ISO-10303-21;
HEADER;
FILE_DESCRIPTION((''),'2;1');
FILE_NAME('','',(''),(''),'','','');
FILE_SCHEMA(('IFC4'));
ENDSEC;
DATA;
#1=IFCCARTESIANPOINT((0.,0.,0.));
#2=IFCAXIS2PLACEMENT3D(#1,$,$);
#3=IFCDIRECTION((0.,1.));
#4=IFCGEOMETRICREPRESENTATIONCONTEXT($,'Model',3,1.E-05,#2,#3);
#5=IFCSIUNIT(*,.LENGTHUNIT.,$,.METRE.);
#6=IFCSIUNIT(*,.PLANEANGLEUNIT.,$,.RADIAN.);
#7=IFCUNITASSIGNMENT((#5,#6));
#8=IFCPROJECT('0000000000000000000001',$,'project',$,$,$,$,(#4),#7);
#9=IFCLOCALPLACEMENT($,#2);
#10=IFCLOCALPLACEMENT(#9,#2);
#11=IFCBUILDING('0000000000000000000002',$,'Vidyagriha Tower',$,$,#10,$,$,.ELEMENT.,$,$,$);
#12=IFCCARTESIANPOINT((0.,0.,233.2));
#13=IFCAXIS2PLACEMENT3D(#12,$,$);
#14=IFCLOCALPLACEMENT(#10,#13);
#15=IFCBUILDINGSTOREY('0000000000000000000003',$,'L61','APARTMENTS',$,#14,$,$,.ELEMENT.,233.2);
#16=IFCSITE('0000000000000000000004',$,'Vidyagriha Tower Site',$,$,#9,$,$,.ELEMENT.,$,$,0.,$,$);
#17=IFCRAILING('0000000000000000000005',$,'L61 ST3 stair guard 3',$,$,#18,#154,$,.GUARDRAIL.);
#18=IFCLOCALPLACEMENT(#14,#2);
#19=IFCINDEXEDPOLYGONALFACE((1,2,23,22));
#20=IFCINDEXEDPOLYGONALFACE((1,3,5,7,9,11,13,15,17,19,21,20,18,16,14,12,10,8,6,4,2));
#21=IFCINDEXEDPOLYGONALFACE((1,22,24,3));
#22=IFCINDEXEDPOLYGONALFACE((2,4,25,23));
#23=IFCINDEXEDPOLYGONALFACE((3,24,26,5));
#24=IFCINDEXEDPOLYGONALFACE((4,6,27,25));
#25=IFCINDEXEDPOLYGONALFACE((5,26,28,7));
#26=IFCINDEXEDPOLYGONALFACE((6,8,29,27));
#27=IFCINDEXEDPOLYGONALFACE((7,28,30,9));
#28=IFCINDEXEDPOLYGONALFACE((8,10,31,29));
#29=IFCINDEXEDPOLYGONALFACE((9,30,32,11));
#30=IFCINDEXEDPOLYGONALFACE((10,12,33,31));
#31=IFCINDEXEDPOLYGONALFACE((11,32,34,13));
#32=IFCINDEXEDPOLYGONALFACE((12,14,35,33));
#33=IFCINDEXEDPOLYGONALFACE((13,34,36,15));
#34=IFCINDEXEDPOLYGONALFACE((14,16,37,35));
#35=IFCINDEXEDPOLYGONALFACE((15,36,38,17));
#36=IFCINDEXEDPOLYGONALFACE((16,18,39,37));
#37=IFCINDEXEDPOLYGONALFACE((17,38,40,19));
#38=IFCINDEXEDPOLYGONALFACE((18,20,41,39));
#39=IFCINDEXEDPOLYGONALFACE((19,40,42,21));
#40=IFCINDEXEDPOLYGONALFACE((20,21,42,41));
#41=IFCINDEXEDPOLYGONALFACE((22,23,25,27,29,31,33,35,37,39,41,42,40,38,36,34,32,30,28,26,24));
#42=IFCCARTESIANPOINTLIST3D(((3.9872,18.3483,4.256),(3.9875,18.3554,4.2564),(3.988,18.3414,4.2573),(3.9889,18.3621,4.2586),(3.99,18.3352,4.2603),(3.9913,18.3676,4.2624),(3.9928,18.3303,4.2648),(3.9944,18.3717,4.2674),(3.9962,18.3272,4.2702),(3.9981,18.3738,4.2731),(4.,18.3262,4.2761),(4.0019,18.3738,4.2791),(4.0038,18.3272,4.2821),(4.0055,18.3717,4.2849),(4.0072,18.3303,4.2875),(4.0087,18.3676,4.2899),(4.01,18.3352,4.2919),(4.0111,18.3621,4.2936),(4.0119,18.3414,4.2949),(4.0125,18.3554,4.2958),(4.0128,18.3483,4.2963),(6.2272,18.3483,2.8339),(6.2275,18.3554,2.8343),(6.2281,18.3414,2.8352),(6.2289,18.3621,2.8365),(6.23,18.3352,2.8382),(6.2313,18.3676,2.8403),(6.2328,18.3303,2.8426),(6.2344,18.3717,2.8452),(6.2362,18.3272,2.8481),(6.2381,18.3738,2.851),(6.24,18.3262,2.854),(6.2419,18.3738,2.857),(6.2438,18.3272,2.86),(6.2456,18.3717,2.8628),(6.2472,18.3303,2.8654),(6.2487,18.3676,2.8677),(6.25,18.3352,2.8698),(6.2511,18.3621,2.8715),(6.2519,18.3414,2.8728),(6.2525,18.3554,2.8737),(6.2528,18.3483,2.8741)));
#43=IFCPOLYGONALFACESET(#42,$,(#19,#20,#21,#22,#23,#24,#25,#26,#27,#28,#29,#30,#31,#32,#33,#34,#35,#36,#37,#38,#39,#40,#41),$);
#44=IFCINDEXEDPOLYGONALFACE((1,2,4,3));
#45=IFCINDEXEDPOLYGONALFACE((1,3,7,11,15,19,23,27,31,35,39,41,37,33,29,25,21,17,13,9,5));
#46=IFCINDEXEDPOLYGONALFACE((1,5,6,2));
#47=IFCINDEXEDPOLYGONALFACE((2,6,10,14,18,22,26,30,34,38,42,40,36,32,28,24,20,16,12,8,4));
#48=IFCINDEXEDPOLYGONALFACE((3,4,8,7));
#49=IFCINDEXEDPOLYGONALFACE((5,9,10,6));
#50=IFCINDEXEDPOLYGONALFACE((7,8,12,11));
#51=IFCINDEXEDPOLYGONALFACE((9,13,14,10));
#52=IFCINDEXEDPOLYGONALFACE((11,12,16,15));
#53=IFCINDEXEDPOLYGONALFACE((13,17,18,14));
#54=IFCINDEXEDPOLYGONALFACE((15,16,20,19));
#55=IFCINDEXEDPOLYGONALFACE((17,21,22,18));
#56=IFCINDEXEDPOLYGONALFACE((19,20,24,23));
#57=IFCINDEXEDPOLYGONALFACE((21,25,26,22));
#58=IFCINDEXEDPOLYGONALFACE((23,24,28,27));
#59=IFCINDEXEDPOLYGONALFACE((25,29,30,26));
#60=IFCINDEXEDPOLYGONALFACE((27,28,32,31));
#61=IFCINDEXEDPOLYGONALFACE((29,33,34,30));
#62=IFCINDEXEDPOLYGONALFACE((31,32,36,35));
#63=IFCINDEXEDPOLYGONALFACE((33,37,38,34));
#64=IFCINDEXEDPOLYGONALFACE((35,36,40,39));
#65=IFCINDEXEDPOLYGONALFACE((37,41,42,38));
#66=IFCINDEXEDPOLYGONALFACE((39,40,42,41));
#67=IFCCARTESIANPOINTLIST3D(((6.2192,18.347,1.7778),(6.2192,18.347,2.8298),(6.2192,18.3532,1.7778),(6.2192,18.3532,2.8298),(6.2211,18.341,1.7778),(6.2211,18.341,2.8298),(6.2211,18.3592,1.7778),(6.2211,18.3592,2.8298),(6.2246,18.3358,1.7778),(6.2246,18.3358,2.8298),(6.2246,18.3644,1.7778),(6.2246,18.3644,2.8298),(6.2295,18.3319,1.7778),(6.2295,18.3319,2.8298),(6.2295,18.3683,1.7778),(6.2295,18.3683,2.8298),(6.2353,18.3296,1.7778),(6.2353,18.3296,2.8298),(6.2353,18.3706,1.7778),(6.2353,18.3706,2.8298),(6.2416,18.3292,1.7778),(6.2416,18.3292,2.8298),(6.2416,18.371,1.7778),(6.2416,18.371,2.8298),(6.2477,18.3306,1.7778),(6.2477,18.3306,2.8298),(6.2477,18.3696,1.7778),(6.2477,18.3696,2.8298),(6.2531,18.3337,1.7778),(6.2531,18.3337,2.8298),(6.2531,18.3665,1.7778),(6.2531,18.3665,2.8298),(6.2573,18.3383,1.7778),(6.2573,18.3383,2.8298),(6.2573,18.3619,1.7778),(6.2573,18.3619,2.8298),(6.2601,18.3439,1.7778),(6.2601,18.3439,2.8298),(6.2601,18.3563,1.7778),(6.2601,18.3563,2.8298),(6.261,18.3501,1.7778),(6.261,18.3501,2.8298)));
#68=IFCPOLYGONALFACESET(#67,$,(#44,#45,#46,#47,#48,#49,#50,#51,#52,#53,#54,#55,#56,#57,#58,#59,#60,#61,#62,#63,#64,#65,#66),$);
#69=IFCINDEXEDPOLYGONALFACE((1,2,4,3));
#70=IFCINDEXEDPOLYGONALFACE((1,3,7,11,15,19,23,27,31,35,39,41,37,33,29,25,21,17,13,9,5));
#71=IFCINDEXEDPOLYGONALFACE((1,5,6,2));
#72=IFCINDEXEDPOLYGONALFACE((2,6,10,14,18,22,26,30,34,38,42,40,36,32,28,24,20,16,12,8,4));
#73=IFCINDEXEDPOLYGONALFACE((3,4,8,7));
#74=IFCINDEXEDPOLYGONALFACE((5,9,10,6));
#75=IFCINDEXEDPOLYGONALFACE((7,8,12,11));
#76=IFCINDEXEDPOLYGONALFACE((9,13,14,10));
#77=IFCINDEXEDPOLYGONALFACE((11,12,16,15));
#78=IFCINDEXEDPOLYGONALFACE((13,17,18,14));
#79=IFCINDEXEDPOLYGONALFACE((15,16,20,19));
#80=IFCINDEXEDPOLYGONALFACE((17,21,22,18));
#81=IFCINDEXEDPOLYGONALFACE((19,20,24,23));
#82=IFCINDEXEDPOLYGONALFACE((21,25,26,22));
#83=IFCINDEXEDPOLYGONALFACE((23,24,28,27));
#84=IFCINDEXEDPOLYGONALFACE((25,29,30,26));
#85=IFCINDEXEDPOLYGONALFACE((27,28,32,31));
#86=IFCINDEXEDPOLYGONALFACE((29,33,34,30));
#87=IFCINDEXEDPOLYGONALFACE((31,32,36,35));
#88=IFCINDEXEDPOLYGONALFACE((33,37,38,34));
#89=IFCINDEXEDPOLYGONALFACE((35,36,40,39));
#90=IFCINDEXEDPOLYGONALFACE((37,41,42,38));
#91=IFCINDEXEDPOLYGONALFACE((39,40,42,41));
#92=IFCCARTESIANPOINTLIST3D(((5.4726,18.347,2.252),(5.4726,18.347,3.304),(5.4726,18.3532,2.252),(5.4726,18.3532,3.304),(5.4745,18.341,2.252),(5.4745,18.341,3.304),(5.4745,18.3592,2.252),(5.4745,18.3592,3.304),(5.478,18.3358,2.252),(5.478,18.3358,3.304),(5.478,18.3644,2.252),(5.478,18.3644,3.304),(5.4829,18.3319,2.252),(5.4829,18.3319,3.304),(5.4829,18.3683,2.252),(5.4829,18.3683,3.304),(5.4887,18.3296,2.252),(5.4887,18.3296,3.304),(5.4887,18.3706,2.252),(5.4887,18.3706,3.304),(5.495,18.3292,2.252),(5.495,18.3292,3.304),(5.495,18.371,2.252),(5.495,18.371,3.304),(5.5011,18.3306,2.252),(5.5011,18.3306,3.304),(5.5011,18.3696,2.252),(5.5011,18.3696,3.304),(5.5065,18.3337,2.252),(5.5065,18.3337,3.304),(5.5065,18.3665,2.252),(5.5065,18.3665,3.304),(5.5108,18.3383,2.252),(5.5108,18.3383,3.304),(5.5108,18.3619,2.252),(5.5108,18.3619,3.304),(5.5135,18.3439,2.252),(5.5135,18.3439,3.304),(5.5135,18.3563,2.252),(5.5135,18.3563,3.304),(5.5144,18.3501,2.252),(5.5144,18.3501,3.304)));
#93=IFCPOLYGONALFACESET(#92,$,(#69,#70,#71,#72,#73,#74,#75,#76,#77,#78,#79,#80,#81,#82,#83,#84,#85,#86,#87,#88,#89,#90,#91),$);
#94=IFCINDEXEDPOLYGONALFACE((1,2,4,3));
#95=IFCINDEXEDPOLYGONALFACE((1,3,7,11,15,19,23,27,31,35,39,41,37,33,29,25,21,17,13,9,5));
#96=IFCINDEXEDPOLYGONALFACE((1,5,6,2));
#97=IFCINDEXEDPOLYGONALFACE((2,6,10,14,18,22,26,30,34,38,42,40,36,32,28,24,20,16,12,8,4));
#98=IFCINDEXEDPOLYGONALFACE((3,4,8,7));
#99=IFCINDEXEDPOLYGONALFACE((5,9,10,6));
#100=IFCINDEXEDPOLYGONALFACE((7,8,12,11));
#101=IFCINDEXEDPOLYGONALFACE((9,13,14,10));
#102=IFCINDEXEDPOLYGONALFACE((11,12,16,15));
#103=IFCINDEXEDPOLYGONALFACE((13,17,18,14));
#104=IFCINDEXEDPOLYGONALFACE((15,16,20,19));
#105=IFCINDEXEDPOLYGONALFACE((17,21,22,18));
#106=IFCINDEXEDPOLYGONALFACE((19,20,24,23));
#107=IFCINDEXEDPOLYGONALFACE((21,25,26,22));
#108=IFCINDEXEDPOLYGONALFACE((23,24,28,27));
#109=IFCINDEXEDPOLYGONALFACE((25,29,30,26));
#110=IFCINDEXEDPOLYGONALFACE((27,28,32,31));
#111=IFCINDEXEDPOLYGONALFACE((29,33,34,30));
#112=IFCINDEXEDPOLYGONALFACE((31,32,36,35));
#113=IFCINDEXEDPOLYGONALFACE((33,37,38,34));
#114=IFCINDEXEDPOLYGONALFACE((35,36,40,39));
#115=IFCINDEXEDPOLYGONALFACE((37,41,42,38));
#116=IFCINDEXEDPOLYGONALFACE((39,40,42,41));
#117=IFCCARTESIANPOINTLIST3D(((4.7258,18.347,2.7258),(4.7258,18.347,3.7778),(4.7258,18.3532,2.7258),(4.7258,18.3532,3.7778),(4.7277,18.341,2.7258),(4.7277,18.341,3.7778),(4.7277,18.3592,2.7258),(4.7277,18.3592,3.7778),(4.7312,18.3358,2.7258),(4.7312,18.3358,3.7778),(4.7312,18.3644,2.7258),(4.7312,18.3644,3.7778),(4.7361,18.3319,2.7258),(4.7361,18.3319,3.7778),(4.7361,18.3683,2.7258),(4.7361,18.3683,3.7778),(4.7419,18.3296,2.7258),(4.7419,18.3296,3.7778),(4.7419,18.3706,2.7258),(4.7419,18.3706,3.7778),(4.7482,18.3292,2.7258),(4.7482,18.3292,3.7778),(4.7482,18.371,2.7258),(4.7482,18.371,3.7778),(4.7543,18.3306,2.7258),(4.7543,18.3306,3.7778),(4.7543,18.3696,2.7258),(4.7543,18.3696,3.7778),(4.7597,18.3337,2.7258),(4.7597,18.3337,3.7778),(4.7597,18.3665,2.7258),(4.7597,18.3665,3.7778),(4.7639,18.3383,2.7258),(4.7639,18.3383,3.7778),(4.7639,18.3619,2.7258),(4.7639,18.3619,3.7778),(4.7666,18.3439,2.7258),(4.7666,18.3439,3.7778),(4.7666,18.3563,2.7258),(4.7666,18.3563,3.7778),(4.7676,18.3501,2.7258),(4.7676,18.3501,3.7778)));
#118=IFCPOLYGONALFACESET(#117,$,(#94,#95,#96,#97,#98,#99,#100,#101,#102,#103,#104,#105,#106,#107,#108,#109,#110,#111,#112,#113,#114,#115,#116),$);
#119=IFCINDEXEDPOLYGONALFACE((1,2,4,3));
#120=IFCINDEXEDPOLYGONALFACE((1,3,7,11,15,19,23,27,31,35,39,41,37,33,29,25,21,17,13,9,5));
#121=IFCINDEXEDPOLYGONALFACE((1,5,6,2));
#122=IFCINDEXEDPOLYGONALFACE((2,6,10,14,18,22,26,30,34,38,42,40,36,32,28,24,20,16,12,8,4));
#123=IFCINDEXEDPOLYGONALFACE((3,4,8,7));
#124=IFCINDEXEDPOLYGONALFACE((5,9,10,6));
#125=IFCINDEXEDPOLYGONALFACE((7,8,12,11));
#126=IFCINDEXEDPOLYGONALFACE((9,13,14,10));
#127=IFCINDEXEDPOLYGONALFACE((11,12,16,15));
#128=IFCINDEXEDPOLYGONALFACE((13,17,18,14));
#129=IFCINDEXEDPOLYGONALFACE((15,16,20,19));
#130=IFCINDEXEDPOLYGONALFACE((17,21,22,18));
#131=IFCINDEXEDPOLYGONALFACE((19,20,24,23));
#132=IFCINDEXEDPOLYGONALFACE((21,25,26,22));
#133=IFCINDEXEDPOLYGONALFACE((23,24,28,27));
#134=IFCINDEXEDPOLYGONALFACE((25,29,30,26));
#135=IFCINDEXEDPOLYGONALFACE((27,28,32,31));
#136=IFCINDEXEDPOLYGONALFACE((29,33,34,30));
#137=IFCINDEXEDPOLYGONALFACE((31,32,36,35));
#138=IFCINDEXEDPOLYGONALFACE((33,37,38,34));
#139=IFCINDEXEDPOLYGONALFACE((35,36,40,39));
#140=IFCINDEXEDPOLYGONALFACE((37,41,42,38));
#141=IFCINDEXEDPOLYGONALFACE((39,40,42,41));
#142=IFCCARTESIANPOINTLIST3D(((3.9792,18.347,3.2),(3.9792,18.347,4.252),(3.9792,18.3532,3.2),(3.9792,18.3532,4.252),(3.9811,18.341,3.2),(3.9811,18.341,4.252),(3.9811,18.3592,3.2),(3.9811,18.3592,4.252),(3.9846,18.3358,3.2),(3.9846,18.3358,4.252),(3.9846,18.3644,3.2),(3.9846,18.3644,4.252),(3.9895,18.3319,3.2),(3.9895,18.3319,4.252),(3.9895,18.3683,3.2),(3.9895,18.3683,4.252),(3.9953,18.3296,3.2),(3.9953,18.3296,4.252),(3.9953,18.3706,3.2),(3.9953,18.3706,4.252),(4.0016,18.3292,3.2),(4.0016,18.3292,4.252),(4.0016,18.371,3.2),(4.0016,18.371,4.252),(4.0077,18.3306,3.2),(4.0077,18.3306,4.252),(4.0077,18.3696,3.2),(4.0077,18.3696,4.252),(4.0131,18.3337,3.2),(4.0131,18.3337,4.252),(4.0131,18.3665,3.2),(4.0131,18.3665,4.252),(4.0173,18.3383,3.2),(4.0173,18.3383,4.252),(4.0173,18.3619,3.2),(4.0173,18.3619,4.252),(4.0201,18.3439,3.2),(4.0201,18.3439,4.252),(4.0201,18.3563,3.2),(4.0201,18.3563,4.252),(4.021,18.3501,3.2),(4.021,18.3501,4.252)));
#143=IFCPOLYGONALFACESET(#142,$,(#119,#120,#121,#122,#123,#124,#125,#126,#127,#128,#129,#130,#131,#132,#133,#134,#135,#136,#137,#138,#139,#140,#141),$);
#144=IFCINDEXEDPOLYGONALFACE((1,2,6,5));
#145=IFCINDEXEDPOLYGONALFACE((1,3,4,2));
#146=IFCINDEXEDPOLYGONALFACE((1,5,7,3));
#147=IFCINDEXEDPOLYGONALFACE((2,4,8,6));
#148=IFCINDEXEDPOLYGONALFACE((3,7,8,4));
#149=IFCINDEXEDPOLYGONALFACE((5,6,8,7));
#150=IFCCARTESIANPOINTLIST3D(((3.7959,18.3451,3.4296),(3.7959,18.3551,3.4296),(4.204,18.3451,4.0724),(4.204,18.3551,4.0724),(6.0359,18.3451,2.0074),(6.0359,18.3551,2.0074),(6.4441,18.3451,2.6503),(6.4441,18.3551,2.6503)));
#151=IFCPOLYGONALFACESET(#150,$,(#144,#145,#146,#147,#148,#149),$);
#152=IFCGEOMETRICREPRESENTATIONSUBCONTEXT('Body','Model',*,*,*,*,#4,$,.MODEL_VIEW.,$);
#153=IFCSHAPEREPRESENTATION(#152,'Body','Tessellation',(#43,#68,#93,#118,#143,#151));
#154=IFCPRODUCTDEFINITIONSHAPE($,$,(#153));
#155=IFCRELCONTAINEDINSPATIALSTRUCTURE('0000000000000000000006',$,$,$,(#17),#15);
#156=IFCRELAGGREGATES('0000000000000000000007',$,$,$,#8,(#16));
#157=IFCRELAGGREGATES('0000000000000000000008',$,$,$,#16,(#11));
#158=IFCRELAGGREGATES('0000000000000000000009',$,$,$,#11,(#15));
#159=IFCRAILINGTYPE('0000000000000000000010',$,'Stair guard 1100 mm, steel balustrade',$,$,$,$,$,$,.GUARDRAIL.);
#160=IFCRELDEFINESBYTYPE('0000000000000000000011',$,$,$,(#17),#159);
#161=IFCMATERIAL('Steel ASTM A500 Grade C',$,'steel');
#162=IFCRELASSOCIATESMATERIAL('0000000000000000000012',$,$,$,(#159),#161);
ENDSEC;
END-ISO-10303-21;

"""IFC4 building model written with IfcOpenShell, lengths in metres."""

from ifc_helpers import new_model, si_unit, direction, frame, origin, origin_2d, place, context, subcontext, project, spatial, rectangle, circle, extrude, material, type_object, element, save


model = new_model("IFC4")

# Units and contexts
model_context = context("Model", 3, precision=1e-05, world=origin(), true_north=direction((0.0, 1.0)))
body_context = subcontext(model_context, "Body", "Model", "MODEL_VIEW")
ifc_project = project(units=[si_unit("LENGTHUNIT", "METRE"), si_unit("PLANEANGLEUNIT", "RADIAN")], contexts=[model_context])

# Site, building, storey
site_placement = place(None, origin())
site = spatial("IfcSite", under=ifc_project, at=site_placement, Name="Vidyagriha Tower Site", CompositionType="ELEMENT", RefElevation=0.0)
building_placement = place(site_placement, origin())
building = spatial("IfcBuilding", under=site, at=building_placement, Name="Vidyagriha Tower", CompositionType="ELEMENT")
storey_placement = place(building_placement, frame((0.0, 0.0, 233.2)))
storey = spatial("IfcBuildingStorey", under=building, at=storey_placement, Name="L61", Description="APARTMENTS", CompositionType="ELEMENT", Elevation=233.2)

# Railing
ifc_material_1 = material(Name="Steel ASTM A500 Grade C", Category="steel")
railing_type_1 = type_object("IfcRailingType", Name="Stair guard 1100 mm, steel balustrade", PredefinedType="GUARDRAIL", material=ifc_material_1)
railing_1_placement = place(storey_placement, frame((6.24, 18.3501, 1.7778)))
element("IfcRailing", 1, at=railing_1_placement, inside=storey, type_object=railing_type_1, Name="L61 ST3 stair guard 3", PredefinedType="GUARDRAIL", context=body_context, shape_type="SweptSolid", body=[
    extrude(circle(Radius=0.0239, at=origin_2d()), frame((0.0, 0.0, 1.0762), z_axis=(-0.844229, 0.0, 0.535982), x_axis=(0.0, -1.0, 0.0)), (0.0, 0.0, 1.0), 2.6533),
    extrude(circle(Radius=0.021, at=origin_2d()), origin(), (0.0, 0.0, 1.0), 1.052),
    extrude(circle(Radius=0.021, at=origin_2d()), frame((-0.7466, 0.0, 0.4741)), (0.0, 0.0, 1.0), 1.052),
    extrude(circle(Radius=0.021, at=origin_2d()), frame((-1.4934, 0.0, 0.948)), (0.0, 0.0, 1.0), 1.052),
    extrude(circle(Radius=0.021, at=origin_2d()), frame((-2.24, 0.0, 1.4221)), (0.0, 0.0, 1.0), 1.052),
    extrude(rectangle(XDim=0.01, YDim=0.7615, at=origin_2d()), frame((0.0, 0.0, 0.551), z_axis=(-0.844229, 0.0, 0.535982), x_axis=(0.0, -1.0, 0.0)), (0.0, 0.0, 1.0), 2.6533),
])

save(model, "model.ifc")
